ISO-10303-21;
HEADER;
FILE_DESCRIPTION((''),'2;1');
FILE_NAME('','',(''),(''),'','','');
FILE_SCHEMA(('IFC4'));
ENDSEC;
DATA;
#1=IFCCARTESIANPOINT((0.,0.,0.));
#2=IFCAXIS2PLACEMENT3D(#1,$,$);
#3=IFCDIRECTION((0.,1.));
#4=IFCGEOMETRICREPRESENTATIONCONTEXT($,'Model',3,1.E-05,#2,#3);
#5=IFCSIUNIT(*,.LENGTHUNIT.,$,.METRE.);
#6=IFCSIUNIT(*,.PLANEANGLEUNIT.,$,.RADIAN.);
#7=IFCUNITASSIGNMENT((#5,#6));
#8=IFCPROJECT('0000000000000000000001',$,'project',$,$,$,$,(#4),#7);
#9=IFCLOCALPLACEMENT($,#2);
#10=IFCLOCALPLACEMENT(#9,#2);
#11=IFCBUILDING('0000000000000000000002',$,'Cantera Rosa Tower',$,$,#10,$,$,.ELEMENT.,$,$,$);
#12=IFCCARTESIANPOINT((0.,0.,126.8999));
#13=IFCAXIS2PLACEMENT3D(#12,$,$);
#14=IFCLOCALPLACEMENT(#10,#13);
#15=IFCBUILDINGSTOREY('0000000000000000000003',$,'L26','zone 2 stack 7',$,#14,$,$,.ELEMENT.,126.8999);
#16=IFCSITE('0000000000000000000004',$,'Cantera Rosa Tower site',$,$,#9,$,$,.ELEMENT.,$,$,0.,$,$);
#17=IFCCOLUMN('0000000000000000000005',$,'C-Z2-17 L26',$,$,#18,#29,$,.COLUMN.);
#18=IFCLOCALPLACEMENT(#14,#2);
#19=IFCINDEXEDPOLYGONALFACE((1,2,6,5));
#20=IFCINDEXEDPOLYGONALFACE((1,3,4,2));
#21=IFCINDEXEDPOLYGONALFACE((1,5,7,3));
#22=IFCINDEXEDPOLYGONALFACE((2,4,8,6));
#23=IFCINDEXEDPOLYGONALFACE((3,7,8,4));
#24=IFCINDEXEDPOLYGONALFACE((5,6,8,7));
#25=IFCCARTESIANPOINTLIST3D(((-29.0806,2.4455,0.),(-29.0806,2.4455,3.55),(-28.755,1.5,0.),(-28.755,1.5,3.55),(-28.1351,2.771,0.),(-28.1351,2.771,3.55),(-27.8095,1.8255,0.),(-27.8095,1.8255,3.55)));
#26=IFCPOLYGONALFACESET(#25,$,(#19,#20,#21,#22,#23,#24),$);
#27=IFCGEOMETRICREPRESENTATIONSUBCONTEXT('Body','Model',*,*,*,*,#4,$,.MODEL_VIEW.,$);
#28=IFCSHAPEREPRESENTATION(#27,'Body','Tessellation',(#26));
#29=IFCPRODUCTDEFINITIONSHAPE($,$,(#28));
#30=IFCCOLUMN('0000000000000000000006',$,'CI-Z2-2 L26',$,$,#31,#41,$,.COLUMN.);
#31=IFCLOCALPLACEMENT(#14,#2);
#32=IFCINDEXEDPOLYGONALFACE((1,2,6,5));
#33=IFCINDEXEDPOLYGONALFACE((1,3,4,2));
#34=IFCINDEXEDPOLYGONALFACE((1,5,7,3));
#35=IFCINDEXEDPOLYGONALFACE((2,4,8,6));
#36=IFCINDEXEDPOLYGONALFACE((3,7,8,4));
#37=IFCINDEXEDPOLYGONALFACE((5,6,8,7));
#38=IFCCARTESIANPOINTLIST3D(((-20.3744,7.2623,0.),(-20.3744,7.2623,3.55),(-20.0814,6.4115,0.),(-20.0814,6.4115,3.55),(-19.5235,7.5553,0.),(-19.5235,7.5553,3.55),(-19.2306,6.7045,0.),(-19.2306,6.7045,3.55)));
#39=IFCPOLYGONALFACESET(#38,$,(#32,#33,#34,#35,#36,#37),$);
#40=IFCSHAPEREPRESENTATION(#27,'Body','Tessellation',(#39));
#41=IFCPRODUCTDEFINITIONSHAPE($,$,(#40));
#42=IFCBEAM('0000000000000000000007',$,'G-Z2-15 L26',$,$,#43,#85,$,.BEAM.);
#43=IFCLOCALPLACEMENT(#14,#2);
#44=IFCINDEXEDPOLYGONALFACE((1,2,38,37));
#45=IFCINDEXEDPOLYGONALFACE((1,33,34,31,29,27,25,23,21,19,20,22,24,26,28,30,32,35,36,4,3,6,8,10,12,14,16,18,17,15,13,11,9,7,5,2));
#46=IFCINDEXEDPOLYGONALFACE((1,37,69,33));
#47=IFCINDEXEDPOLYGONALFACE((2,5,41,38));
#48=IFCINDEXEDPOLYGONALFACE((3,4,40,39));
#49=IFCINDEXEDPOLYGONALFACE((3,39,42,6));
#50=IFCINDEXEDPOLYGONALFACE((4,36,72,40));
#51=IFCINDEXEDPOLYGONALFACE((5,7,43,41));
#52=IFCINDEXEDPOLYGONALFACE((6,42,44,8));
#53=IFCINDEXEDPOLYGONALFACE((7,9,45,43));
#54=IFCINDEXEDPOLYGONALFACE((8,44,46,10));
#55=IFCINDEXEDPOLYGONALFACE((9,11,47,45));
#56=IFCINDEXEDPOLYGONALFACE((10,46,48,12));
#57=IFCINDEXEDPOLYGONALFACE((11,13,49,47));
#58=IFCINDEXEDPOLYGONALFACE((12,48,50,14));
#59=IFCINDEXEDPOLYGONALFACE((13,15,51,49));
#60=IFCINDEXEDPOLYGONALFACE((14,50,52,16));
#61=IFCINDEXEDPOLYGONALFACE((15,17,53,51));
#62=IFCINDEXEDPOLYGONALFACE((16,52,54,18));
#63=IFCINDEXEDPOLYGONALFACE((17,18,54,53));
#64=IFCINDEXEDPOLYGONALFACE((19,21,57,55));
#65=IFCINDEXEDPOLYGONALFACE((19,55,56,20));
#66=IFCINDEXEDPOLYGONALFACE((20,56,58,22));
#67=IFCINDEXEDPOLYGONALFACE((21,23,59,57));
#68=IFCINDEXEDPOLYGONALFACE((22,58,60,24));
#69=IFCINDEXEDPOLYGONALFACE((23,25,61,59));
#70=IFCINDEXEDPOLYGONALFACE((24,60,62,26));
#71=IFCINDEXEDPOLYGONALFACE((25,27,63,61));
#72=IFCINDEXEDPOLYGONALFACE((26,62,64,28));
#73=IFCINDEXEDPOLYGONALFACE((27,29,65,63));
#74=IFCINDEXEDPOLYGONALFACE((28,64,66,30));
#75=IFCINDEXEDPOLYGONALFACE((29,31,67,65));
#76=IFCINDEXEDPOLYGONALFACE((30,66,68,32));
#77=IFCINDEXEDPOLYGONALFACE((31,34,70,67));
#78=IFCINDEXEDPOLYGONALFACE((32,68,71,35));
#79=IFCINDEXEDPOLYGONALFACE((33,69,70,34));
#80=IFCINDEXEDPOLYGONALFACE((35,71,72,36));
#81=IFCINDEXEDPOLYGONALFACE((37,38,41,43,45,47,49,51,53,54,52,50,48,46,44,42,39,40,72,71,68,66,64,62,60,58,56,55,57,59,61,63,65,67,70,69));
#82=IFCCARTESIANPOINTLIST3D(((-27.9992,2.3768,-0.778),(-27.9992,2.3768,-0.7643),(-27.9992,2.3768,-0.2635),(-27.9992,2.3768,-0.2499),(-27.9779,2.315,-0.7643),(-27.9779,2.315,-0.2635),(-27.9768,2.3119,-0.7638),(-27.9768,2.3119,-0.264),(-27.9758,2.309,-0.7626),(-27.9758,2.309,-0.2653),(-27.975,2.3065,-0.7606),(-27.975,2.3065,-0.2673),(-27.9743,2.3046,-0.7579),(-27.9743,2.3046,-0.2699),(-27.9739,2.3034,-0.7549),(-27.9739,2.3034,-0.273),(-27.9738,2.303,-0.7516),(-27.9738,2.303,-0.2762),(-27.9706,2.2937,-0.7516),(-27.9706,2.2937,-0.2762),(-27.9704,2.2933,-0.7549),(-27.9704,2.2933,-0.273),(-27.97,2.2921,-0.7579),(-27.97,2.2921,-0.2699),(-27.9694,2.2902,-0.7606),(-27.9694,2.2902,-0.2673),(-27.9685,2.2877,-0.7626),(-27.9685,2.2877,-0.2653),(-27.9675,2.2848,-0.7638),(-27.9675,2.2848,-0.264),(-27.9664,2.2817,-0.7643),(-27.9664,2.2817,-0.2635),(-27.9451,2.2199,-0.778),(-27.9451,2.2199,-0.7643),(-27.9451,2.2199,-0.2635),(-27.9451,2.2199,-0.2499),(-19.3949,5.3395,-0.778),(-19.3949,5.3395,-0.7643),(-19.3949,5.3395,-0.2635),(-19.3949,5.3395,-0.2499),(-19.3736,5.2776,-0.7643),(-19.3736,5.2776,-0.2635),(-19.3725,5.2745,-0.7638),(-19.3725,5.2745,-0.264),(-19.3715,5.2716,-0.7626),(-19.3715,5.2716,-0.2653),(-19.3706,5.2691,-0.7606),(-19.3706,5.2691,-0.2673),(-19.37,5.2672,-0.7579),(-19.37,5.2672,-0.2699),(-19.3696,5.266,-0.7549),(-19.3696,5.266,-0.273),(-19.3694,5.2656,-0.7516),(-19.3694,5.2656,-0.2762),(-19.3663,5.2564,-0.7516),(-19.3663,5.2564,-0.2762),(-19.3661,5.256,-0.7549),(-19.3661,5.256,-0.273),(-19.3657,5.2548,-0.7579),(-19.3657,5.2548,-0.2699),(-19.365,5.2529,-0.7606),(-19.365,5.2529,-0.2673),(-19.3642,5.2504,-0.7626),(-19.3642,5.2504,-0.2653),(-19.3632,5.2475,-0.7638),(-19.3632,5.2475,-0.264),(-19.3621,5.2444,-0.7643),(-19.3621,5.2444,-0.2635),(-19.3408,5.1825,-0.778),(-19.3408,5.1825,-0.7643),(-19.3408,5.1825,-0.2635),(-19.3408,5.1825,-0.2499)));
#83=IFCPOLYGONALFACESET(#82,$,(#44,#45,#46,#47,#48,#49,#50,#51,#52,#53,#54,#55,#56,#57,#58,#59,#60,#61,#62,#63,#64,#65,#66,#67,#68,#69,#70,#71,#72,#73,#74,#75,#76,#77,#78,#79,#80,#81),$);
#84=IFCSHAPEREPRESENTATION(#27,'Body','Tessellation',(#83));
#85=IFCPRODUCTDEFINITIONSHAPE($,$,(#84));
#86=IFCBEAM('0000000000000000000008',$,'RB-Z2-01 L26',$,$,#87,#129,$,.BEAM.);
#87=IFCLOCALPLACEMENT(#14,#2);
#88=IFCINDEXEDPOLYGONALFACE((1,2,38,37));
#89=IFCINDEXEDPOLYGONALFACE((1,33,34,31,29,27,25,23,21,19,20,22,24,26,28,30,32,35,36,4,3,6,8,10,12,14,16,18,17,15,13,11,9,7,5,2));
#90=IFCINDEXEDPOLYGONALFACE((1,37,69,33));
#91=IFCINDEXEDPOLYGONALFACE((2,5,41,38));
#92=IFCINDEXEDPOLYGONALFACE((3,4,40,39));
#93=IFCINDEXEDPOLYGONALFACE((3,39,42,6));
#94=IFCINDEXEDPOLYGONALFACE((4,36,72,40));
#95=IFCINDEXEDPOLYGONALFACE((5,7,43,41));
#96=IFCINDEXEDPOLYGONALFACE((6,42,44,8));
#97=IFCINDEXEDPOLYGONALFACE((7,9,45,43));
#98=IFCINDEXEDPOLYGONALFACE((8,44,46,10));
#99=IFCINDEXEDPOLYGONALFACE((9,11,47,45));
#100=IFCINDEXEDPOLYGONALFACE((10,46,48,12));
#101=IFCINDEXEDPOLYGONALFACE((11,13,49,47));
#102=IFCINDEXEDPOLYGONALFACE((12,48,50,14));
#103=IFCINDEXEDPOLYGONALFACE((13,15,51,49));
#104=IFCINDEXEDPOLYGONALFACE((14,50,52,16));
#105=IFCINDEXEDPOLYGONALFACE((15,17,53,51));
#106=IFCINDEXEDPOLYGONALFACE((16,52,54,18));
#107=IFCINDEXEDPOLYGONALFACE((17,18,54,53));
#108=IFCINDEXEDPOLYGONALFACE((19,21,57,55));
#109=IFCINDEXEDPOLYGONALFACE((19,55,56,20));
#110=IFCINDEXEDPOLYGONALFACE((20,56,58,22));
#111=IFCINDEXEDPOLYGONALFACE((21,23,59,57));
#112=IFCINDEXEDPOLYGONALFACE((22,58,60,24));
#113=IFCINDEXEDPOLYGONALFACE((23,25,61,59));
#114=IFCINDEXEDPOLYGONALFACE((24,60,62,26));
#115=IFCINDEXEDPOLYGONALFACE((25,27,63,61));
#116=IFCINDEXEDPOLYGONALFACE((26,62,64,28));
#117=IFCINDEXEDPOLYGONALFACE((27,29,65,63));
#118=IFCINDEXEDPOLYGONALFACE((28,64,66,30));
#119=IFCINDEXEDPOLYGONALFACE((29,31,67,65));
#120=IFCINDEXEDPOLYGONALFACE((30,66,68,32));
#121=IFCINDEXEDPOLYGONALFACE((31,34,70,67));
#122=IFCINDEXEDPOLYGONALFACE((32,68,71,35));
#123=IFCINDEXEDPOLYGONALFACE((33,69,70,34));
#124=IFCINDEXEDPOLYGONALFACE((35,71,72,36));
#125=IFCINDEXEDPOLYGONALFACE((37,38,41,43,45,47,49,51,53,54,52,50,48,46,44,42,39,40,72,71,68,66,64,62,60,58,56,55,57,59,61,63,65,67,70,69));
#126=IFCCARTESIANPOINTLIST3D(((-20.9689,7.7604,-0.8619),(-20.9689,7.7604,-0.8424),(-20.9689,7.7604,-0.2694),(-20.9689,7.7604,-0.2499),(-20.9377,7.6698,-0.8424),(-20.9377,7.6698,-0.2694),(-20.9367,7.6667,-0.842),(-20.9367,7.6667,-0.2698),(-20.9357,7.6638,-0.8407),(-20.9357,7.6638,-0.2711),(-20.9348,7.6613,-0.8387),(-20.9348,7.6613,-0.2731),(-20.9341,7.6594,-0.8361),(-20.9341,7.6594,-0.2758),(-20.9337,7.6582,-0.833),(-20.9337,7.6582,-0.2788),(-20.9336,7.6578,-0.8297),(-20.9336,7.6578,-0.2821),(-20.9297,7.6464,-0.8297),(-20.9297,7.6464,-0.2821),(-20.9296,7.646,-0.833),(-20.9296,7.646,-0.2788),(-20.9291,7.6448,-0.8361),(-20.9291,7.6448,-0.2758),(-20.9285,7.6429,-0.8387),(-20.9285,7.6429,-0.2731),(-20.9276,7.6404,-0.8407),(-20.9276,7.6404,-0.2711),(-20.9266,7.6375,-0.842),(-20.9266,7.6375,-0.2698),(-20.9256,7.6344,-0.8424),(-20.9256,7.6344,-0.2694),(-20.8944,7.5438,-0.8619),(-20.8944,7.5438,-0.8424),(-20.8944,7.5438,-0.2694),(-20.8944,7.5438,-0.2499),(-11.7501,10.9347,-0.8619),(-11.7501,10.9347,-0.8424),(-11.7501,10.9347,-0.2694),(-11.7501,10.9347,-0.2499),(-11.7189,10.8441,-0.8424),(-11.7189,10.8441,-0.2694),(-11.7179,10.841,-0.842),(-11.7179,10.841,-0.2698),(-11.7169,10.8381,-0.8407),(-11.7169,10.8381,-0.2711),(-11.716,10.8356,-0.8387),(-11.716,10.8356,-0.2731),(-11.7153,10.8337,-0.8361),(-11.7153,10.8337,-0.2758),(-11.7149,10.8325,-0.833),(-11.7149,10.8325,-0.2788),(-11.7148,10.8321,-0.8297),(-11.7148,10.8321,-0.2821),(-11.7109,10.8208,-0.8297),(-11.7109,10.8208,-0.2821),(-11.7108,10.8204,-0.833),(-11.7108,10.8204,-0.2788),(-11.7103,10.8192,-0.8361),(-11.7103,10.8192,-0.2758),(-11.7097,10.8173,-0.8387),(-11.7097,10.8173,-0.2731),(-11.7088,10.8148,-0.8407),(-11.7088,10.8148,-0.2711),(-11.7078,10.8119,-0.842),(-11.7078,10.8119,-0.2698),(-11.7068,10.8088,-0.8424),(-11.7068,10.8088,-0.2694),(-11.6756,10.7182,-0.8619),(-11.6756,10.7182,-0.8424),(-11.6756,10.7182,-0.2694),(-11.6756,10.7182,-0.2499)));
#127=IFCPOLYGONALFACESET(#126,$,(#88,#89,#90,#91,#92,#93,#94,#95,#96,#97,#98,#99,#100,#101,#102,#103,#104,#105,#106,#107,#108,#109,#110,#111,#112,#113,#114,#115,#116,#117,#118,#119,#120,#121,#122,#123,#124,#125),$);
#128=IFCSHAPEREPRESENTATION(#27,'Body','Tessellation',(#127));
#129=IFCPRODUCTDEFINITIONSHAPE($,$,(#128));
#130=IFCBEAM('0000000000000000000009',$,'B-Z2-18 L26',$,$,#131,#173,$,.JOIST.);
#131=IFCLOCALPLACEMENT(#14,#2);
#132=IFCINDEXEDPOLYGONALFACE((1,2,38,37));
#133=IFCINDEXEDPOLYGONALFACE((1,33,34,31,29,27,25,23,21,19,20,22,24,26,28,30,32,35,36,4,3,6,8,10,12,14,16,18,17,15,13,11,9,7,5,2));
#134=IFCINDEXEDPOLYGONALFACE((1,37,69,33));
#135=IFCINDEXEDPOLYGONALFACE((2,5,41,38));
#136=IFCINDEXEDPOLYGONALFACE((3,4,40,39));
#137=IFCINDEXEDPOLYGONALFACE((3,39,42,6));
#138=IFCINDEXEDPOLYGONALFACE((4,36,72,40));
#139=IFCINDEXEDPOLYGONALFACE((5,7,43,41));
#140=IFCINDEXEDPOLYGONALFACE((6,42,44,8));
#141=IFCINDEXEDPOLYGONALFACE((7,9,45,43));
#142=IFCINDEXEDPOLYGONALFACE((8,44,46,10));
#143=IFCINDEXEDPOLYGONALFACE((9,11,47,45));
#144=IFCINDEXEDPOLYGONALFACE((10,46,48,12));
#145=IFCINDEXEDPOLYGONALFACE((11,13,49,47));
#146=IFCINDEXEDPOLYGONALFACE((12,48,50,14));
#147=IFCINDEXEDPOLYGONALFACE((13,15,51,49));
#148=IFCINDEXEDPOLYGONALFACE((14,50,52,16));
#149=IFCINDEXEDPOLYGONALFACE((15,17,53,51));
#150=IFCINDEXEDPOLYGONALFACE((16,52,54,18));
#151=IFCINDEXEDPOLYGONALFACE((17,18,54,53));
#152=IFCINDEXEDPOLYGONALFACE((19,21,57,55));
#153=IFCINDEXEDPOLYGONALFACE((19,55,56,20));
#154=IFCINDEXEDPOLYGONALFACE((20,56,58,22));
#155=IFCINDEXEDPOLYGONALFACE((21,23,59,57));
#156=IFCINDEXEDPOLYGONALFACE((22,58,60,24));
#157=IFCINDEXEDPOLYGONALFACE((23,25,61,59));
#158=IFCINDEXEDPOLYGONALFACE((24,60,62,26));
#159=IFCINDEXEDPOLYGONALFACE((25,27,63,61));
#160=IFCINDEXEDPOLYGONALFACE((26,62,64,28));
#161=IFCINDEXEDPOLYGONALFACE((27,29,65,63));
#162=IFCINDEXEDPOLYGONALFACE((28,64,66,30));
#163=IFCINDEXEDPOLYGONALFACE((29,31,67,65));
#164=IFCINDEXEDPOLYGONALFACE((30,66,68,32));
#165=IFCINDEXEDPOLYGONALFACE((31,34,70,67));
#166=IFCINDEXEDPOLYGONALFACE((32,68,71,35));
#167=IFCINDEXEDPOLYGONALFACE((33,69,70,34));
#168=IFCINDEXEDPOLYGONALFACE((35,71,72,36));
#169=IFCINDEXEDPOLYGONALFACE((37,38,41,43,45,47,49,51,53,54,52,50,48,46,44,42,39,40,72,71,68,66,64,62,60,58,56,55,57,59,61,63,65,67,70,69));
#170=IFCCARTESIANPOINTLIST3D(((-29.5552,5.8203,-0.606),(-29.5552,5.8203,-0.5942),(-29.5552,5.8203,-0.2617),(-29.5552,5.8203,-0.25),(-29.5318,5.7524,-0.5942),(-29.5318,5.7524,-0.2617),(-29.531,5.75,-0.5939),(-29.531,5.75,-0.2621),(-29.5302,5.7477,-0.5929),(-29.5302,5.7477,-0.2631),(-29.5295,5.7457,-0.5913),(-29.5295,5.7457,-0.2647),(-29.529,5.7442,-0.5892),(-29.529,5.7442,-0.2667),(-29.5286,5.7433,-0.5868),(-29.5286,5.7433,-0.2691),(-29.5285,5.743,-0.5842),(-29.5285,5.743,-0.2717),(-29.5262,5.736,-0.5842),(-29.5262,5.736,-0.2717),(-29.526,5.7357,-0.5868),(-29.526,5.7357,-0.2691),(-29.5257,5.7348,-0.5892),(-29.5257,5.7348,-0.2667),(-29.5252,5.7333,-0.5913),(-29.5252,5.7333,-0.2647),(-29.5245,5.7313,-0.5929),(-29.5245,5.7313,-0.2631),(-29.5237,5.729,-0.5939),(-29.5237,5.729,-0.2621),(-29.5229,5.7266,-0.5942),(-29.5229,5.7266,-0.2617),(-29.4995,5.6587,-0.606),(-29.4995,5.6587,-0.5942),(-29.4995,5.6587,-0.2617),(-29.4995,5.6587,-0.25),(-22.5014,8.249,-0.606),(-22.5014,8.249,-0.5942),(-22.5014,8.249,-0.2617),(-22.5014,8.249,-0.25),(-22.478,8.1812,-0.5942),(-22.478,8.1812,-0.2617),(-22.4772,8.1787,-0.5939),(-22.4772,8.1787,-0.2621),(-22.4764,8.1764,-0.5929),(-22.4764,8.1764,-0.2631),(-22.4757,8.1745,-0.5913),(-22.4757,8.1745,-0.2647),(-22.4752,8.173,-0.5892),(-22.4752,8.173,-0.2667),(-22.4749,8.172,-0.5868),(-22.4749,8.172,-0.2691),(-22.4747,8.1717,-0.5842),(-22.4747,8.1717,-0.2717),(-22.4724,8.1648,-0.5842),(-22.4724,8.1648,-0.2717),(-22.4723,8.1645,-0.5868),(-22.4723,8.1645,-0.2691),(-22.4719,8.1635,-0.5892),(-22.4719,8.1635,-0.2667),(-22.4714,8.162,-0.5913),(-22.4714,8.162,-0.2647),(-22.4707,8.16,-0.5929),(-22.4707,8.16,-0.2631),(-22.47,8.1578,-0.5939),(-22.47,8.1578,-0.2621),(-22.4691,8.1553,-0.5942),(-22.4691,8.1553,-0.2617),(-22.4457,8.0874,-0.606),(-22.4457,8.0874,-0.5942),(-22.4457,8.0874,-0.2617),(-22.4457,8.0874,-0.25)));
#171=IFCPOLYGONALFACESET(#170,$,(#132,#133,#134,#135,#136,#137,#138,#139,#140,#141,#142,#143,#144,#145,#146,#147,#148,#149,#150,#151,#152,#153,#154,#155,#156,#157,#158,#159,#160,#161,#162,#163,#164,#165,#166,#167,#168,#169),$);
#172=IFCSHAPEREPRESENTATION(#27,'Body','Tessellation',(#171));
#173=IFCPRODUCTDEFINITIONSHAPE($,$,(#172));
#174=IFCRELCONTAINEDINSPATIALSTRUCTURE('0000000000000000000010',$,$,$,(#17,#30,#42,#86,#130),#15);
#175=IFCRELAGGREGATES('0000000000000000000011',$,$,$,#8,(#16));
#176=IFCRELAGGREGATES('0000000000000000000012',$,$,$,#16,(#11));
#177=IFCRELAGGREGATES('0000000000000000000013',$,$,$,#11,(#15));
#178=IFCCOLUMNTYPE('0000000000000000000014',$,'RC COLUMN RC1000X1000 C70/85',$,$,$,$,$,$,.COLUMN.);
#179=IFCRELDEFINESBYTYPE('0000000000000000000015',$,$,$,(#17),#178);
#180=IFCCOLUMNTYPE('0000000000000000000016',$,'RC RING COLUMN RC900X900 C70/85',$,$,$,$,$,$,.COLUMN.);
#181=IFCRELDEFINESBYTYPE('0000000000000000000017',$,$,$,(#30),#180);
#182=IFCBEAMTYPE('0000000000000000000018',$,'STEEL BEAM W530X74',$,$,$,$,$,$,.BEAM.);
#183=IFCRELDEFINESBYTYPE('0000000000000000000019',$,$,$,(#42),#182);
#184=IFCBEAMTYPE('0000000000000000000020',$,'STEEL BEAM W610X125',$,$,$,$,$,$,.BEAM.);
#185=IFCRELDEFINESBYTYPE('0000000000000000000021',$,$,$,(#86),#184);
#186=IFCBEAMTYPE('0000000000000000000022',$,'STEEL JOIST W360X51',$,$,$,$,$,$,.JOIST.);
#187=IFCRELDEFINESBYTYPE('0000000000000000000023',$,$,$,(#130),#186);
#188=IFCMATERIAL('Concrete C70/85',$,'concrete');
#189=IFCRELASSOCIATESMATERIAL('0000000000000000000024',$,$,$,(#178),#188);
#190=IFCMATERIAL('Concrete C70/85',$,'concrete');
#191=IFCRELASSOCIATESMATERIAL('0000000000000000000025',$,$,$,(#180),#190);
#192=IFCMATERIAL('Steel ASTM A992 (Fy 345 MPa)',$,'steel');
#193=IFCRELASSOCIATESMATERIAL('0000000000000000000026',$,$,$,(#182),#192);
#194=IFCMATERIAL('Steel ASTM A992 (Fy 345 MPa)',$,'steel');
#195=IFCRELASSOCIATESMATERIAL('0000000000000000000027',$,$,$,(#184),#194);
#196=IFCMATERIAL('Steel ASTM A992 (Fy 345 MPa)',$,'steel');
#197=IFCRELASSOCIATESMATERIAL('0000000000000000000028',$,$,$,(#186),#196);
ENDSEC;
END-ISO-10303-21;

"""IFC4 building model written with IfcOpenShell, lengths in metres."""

from ifc_helpers import new_model, si_unit, direction, frame, origin, origin_2d, place, context, subcontext, project, spatial, rectangle, i_section, extrude, material, material_profile, profile_set, type_object, element, save


model = new_model("IFC4")

# Units and contexts
model_context = context("Model", 3, precision=1e-05, world=origin(), true_north=direction((0.0, 1.0)))
body_context = subcontext(model_context, "Body", "Model", "MODEL_VIEW")
ifc_project = project(units=[si_unit("LENGTHUNIT", "METRE"), si_unit("PLANEANGLEUNIT", "RADIAN")], contexts=[model_context])

# Site, building, storey
site_placement = place(None, origin())
site = spatial("IfcSite", under=ifc_project, at=site_placement, Name="Cantera Rosa Tower site", CompositionType="ELEMENT", RefElevation=0.0)
building_placement = place(site_placement, origin())
building = spatial("IfcBuilding", under=site, at=building_placement, Name="Cantera Rosa Tower", CompositionType="ELEMENT")
storey_placement = place(building_placement, frame((0.0, 0.0, 126.8999)))
storey = spatial("IfcBuildingStorey", under=building, at=storey_placement, Name="L26", Description="zone 2 stack 7", CompositionType="ELEMENT", Elevation=126.8999)

# Columns
ifc_material_1 = material(Name="Concrete C70/85", Category="concrete")
ifc_material_profile_1 = material_profile(ifc_material_1, rectangle(XDim=1.0, YDim=1.0, at=origin_2d()), Name="RC COLUMN RC1000X1000 C70/85")
ifc_profile_set_1 = profile_set([ifc_material_profile_1], Name="Concrete C70/85")
column_type_1 = type_object("IfcColumnType", Name="RC COLUMN RC1000X1000 C70/85", PredefinedType="COLUMN", material=ifc_profile_set_1)
column_1_placement = place(storey_placement, frame((-28.4451, 2.1355, 0.0), z_axis=(0.0, 0.0, 1.0), x_axis=(0.945519, 0.325568, 0.0)))
element("IfcColumn", 1, at=column_1_placement, inside=storey, type_object=column_type_1, Name="C-Z2-17 L26", PredefinedType="COLUMN", context=body_context, shape_type="SweptSolid", body=[
    extrude(rectangle(XDim=1.0, YDim=1.0, at=origin_2d()), origin(), (0.0, 0.0, 1.0), 3.55),
])
ifc_material_2 = material(Name="Concrete C70/85", Category="concrete")
ifc_material_profile_2 = material_profile(ifc_material_2, rectangle(XDim=0.8999, YDim=0.8999, at=origin_2d()), Name="RC RING COLUMN RC900X900 C70/85")
ifc_profile_set_2 = profile_set([ifc_material_profile_2], Name="Concrete C70/85")
column_type_2 = type_object("IfcColumnType", Name="RC RING COLUMN RC900X900 C70/85", PredefinedType="COLUMN", material=ifc_profile_set_2)
column_2_placement = place(storey_placement, frame((-19.8025, 6.9834, 0.0), z_axis=(0.0, 0.0, 1.0), x_axis=(0.945519, 0.325568, 0.0)))
element("IfcColumn", 2, at=column_2_placement, inside=storey, type_object=column_type_2, Name="CI-Z2-2 L26", PredefinedType="COLUMN", context=body_context, shape_type="SweptSolid", body=[
    extrude(rectangle(XDim=0.8999, YDim=0.8999, at=origin_2d()), origin(), (0.0, 0.0, 1.0), 3.55),
])

# Beams
ifc_material_3 = material(Name="Steel ASTM A992 (Fy 345 MPa)", Category="steel")
ifc_material_profile_3 = material_profile(ifc_material_3, i_section(OverallWidth=0.166, OverallDepth=0.5281, WebThickness=0.0098, FlangeThickness=0.0137, FilletRadius=0.0127, at=origin_2d()), Name="W530X74")
ifc_profile_set_3 = profile_set([ifc_material_profile_3], Name="Steel ASTM A992 (Fy 345 MPa)")
beam_type_1 = type_object("IfcBeamType", Name="STEEL BEAM W530X74", PredefinedType="BEAM", material=ifc_profile_set_3)
beam_1_placement = place(storey_placement, frame((-27.9722, 2.2983, -0.5139), z_axis=(0.94552, 0.325565, 0.0), x_axis=(-0.325565, 0.94552, 0.0)))
element("IfcBeam", 3, at=beam_1_placement, inside=storey, type_object=beam_type_1, Name="G-Z2-15 L26", PredefinedType="BEAM", context=body_context, shape_type="SweptSolid", body=[
    extrude(i_section(OverallWidth=0.166, OverallDepth=0.5281, WebThickness=0.0098, FlangeThickness=0.0137, FilletRadius=0.0127, at=origin_2d()), origin(), (0.0, 0.0, 1.0), 9.1001),
])
ifc_material_4 = material(Name="Steel ASTM A992 (Fy 345 MPa)", Category="steel")
ifc_material_profile_4 = material_profile(ifc_material_4, i_section(OverallWidth=0.229, OverallDepth=0.6121, WebThickness=0.012, FlangeThickness=0.0195, FilletRadius=0.0127, at=origin_2d()), Name="W610X125")
ifc_profile_set_4 = profile_set([ifc_material_profile_4], Name="Steel ASTM A992 (Fy 345 MPa)")
beam_type_2 = type_object("IfcBeamType", Name="STEEL BEAM W610X125", PredefinedType="BEAM", material=ifc_profile_set_4)
beam_2_placement = place(storey_placement, frame((-20.9316, 7.6521, -0.5559), z_axis=(0.945517, 0.325572, 0.0), x_axis=(-0.325572, 0.945517, 0.0)))
element("IfcBeam", 4, at=beam_2_placement, inside=storey, type_object=beam_type_2, Name="RB-Z2-01 L26", PredefinedType="BEAM", context=body_context, shape_type="SweptSolid", body=[
    extrude(i_section(OverallWidth=0.229, OverallDepth=0.6121, WebThickness=0.012, FlangeThickness=0.0195, FilletRadius=0.0127, at=origin_2d()), origin(), (0.0, 0.0, 1.0), 9.75),
])
ifc_material_5 = material(Name="Steel ASTM A992 (Fy 345 MPa)", Category="steel")
ifc_material_profile_5 = material_profile(ifc_material_5, i_section(OverallWidth=0.1709, OverallDepth=0.356, WebThickness=0.0073, FlangeThickness=0.0117, FilletRadius=0.01, at=origin_2d()), Name="W360X51")
ifc_profile_set_5 = profile_set([ifc_material_profile_5], Name="Steel ASTM A992 (Fy 345 MPa)")
beam_type_3 = type_object("IfcBeamType", Name="STEEL JOIST W360X51", PredefinedType="JOIST", material=ifc_profile_set_5)
beam_3_placement = place(storey_placement, frame((-29.5273, 5.7395, -0.428), z_axis=(0.945522, 0.325559, 0.0), x_axis=(-0.325559, 0.945522, 0.0)))
element("IfcBeam", 5, at=beam_3_placement, inside=storey, type_object=beam_type_3, Name="B-Z2-18 L26", PredefinedType="JOIST", context=body_context, shape_type="SweptSolid", body=[
    extrude(i_section(OverallWidth=0.1709, OverallDepth=0.356, WebThickness=0.0073, FlangeThickness=0.0117, FilletRadius=0.01, at=origin_2d()), origin(), (0.0, 0.0, 1.0), 7.4602),
])

save(model, "model.ifc")
